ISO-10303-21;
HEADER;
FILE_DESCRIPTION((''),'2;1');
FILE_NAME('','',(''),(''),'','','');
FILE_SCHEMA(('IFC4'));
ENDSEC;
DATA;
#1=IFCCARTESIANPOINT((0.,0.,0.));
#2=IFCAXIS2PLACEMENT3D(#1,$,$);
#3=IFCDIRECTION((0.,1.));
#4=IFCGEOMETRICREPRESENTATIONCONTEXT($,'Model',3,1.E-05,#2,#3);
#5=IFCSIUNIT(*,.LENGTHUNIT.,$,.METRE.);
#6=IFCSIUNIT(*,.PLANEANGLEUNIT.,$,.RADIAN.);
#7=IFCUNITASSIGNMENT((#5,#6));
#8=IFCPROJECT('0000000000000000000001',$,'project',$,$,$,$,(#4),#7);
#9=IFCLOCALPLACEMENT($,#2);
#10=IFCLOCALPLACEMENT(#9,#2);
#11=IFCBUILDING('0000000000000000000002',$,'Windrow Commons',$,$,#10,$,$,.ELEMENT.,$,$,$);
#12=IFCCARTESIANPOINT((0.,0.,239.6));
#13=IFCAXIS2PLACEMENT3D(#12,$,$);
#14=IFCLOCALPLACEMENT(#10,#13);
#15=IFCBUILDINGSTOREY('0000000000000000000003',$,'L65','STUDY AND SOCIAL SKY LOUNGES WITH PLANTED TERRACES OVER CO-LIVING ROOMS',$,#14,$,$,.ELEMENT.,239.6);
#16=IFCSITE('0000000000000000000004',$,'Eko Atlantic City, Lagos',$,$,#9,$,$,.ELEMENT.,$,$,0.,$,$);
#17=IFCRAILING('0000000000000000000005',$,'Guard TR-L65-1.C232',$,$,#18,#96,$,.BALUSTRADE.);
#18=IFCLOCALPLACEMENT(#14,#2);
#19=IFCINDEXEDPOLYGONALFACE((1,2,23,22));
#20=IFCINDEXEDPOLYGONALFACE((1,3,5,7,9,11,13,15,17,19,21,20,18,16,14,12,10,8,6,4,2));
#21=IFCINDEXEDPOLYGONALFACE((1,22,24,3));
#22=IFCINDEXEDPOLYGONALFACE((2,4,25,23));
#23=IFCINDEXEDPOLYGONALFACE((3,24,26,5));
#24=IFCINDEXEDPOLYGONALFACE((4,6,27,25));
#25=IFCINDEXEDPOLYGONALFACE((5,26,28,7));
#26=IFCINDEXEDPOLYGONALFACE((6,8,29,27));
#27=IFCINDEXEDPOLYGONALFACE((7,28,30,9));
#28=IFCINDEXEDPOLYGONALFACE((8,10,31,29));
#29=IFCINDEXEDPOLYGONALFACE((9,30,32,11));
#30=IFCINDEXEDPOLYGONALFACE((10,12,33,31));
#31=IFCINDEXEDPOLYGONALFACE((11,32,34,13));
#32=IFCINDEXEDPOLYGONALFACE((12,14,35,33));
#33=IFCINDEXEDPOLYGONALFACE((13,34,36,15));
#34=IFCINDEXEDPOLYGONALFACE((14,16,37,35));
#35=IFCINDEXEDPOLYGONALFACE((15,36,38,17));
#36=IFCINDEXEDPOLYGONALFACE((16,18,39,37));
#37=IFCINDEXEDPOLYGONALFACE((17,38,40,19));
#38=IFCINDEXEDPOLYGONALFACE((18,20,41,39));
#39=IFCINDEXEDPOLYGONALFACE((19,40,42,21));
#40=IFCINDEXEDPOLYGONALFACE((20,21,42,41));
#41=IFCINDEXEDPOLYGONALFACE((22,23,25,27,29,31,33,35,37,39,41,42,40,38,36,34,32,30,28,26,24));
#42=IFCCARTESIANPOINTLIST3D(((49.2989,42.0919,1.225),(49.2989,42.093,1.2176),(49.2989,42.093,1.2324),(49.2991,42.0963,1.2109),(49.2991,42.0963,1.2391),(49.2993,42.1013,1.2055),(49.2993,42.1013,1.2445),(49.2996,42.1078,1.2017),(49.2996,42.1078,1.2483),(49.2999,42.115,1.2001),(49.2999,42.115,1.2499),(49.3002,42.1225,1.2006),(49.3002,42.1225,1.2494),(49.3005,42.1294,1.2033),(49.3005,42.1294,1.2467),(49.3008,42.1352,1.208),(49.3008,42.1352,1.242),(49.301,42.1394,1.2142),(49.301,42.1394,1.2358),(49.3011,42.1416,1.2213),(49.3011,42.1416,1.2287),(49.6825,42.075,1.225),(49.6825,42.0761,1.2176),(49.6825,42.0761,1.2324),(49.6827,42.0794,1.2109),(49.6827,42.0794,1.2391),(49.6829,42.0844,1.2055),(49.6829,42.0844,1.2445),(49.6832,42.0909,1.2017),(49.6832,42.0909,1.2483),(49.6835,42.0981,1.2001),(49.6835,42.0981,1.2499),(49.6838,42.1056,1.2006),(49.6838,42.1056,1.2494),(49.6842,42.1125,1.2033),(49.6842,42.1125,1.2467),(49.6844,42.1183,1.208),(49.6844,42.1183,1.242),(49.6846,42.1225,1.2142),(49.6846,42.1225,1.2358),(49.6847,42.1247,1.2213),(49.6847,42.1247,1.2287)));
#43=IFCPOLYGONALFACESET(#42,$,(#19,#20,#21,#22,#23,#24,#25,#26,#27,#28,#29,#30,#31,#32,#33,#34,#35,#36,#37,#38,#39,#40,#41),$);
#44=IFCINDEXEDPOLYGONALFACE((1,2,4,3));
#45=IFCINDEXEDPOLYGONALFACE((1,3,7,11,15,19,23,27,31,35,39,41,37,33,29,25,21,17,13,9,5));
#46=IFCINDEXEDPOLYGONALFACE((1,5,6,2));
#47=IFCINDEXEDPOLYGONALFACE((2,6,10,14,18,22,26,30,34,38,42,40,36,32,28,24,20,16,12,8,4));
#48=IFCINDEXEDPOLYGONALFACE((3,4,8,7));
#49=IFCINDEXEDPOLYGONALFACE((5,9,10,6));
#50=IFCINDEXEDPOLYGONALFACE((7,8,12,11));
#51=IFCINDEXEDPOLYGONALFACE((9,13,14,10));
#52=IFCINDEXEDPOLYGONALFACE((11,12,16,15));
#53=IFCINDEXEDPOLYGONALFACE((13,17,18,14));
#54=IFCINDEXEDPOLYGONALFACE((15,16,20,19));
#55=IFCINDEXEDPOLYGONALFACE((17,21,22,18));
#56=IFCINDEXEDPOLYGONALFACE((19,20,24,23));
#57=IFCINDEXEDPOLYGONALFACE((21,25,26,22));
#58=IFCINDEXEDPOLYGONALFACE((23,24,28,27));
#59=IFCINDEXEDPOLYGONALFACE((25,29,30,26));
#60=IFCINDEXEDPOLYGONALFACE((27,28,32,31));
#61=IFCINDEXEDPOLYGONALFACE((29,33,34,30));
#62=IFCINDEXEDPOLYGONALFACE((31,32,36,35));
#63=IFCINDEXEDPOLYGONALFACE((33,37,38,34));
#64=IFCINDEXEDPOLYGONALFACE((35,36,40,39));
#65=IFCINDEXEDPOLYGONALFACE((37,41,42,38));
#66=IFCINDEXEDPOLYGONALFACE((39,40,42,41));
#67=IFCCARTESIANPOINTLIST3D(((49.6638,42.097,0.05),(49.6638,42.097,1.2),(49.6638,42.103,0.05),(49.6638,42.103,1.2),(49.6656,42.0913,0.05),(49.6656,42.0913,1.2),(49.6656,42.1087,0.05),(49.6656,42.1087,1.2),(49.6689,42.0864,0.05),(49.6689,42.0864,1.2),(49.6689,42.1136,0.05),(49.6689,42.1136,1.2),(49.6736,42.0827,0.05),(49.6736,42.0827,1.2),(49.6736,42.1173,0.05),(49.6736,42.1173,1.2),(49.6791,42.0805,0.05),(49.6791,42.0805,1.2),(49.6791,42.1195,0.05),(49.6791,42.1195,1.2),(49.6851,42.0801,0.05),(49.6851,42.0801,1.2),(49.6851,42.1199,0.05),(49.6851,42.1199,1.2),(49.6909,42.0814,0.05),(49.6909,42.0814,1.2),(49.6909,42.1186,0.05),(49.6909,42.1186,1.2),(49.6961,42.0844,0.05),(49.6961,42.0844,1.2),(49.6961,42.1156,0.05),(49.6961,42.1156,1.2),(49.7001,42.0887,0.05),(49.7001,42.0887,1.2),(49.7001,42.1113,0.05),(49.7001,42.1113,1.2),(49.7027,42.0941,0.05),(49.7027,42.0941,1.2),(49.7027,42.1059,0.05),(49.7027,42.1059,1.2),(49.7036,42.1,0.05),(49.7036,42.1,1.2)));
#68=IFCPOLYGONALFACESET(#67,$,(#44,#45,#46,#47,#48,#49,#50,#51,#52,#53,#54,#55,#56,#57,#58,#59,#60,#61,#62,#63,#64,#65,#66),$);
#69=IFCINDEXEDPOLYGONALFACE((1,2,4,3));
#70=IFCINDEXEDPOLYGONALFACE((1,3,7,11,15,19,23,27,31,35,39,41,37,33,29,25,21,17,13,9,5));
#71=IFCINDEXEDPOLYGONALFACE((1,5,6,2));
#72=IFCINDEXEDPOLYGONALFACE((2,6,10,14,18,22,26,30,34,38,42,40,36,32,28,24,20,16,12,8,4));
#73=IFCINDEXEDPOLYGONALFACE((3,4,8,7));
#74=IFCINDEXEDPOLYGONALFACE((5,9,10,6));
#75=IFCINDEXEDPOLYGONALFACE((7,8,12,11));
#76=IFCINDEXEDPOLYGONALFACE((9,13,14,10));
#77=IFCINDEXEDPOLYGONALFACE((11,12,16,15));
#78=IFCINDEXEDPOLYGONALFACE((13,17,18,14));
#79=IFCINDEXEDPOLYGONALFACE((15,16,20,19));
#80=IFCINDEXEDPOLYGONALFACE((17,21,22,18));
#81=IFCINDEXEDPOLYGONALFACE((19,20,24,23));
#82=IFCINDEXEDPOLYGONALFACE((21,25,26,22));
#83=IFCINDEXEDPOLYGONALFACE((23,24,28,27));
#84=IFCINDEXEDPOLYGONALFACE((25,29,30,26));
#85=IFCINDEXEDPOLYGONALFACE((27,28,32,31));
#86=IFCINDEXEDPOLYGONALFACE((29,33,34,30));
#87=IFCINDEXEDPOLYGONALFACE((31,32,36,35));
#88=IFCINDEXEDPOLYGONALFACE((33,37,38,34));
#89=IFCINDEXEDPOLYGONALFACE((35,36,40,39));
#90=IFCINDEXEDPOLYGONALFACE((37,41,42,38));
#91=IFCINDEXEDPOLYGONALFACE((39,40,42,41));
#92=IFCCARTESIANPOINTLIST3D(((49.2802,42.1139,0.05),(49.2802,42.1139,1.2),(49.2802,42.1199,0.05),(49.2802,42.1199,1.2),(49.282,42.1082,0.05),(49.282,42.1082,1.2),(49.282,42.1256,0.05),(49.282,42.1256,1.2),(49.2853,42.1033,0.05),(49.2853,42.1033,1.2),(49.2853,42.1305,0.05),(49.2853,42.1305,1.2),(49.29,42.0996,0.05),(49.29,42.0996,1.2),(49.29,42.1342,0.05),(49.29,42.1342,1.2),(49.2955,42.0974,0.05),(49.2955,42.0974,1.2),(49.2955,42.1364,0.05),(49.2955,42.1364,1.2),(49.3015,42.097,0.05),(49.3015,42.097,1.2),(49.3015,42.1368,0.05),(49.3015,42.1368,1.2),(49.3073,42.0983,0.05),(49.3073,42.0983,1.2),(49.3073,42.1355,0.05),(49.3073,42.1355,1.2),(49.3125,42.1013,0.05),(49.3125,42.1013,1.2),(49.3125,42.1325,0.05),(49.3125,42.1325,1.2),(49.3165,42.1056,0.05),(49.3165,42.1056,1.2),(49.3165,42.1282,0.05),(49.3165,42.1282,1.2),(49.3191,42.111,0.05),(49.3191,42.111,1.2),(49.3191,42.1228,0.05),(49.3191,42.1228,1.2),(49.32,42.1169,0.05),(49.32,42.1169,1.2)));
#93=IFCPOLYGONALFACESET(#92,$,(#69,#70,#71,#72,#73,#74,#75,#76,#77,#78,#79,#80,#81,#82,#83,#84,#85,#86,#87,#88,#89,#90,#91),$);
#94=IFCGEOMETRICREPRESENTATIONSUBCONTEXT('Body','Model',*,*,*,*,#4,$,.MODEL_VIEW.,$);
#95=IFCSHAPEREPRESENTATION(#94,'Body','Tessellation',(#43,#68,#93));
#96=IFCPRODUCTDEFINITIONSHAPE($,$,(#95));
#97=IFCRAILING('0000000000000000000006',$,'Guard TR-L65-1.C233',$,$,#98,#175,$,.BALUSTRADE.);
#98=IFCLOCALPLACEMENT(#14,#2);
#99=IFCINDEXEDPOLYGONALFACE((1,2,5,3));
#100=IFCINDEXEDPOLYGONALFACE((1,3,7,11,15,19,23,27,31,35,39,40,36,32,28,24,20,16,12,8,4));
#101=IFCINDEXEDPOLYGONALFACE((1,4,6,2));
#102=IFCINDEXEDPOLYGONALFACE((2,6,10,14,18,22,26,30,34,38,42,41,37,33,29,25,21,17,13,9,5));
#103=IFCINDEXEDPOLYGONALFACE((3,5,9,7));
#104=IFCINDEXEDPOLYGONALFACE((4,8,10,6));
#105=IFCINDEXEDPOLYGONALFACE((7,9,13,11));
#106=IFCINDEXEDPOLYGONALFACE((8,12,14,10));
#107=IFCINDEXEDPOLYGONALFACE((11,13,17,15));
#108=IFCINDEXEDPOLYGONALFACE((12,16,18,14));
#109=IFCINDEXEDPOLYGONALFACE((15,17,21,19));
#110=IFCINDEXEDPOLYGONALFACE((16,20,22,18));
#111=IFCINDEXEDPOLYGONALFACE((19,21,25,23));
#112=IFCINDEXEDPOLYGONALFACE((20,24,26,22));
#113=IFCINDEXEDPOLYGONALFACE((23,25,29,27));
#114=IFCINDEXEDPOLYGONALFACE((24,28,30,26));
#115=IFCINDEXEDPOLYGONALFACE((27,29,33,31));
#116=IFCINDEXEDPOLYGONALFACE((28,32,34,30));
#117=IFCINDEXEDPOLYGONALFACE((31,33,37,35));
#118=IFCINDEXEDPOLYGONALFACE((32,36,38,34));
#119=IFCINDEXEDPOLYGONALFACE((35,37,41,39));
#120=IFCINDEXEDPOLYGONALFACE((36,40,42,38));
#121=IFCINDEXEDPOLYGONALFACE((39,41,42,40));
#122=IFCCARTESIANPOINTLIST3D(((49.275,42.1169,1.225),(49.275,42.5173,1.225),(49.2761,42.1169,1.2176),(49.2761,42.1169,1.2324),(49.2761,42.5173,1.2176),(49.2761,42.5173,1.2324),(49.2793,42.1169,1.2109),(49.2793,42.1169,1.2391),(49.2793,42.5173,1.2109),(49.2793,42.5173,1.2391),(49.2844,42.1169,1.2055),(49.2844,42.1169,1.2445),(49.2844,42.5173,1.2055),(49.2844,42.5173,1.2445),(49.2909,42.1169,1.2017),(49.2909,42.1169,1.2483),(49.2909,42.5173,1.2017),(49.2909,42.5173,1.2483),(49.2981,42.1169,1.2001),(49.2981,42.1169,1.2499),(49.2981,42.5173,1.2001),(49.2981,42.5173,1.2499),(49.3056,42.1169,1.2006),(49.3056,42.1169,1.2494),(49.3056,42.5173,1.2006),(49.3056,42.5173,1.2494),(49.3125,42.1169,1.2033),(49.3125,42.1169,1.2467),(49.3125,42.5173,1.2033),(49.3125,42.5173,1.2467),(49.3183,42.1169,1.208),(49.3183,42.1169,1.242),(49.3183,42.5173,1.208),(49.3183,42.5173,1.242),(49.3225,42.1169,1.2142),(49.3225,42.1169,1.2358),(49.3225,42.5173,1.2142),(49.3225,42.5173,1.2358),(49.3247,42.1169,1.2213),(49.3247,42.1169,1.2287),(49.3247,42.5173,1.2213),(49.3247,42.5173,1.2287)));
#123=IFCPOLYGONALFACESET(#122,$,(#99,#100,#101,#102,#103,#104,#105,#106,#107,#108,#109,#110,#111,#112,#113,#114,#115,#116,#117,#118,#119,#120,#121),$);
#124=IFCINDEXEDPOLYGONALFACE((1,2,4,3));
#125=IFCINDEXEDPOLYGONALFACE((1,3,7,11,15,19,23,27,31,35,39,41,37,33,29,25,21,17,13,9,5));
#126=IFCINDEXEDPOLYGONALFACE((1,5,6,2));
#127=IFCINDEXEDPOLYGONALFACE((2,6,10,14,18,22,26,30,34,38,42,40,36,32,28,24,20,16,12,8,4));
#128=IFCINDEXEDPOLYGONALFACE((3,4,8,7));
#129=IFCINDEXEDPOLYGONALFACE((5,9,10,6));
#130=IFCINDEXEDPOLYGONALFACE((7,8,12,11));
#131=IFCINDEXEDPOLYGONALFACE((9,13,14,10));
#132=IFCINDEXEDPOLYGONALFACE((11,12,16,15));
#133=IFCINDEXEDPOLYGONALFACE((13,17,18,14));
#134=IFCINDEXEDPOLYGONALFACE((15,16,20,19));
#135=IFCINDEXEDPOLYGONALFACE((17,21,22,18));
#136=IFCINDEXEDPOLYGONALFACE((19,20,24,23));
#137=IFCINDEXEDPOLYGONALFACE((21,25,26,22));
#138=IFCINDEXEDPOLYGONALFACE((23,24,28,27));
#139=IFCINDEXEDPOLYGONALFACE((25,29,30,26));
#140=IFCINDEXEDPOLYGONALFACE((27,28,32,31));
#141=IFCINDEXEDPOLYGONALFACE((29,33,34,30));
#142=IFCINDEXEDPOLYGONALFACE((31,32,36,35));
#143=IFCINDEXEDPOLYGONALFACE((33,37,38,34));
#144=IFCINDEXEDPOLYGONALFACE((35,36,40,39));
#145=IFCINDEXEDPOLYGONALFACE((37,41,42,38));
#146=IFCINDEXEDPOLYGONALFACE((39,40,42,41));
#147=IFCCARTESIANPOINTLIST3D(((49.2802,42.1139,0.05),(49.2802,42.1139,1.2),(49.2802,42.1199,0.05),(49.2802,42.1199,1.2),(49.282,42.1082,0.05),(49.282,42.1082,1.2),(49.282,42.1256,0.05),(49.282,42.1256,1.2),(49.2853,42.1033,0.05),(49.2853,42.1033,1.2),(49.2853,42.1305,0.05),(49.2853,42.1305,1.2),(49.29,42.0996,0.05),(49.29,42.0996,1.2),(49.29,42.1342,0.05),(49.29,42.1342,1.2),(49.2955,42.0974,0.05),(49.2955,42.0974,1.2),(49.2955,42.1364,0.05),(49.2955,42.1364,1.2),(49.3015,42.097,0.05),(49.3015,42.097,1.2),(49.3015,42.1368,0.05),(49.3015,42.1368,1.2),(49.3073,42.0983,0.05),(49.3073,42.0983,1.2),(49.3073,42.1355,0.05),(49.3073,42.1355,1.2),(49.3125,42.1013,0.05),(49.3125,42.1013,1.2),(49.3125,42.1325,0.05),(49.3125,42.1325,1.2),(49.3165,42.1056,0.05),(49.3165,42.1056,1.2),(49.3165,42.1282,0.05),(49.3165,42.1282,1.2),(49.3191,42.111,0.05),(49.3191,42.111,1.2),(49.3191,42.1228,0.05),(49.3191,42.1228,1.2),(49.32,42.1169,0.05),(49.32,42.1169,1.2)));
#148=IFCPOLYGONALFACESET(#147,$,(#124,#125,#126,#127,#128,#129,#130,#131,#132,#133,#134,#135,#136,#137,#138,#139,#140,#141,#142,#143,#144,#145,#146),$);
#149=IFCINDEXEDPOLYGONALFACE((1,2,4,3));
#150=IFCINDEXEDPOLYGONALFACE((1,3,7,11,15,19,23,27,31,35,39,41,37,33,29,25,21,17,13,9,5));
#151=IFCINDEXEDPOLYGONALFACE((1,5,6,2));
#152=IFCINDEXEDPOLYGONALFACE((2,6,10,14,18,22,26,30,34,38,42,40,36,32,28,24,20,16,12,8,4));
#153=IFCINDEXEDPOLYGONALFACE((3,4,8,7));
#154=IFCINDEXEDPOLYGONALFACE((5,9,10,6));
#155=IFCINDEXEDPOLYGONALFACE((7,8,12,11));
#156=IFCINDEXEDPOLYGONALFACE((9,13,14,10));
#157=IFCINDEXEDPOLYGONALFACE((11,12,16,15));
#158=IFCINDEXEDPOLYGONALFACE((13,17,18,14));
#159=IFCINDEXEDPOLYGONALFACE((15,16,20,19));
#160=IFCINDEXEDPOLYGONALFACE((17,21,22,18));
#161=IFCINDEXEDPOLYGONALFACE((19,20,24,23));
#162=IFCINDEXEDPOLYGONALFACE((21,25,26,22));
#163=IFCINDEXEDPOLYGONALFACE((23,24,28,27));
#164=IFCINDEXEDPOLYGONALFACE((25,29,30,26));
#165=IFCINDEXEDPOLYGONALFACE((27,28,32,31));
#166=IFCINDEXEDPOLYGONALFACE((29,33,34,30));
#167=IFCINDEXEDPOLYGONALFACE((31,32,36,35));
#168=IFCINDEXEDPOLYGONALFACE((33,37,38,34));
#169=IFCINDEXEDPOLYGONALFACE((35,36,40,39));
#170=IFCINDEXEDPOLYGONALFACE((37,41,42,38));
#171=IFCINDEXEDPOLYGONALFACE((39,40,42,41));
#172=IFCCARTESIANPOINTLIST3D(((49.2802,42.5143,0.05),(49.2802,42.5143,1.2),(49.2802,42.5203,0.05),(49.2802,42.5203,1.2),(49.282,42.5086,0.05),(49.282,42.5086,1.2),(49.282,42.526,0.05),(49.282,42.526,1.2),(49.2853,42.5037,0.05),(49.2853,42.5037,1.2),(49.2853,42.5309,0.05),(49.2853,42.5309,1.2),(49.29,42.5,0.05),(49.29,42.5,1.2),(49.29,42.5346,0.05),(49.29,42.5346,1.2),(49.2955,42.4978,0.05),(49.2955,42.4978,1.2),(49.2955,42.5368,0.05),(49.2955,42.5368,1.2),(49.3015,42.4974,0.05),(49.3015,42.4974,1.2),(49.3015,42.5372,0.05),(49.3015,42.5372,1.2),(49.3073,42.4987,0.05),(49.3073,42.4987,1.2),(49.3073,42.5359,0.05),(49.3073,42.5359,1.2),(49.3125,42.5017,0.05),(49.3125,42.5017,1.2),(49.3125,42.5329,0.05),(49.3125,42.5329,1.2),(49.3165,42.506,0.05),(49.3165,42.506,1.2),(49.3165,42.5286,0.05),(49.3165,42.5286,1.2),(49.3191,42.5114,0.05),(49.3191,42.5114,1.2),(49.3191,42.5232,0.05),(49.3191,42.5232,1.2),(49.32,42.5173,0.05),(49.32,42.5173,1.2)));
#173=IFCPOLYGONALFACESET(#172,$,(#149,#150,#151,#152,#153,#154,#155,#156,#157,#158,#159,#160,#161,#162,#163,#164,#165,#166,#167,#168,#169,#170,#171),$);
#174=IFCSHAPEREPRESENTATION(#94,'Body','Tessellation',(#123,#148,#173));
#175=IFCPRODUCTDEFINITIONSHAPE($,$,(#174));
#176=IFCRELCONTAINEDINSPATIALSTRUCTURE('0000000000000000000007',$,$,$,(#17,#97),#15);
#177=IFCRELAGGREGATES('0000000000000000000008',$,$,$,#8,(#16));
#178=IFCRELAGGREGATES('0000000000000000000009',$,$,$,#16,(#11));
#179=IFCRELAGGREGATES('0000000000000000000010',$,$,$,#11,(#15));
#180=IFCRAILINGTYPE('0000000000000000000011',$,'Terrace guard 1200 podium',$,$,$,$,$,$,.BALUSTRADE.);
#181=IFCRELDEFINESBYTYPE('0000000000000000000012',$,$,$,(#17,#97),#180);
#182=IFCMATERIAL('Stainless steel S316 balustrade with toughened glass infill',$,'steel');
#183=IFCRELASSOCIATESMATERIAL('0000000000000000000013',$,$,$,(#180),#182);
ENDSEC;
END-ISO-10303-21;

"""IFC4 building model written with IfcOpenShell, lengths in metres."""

from ifc_helpers import new_model, si_unit, direction, frame, origin, origin_2d, place, context, subcontext, project, spatial, circle, extrude, material, type_object, element, save


model = new_model("IFC4")

# Units and contexts
model_context = context("Model", 3, precision=1e-05, world=origin(), true_north=direction((0.0, 1.0)))
body_context = subcontext(model_context, "Body", "Model", "MODEL_VIEW")
ifc_project = project(units=[si_unit("LENGTHUNIT", "METRE"), si_unit("PLANEANGLEUNIT", "RADIAN")], contexts=[model_context])

# Site, building, storey
site_placement = place(None, origin())
site = spatial("IfcSite", under=ifc_project, at=site_placement, Name="Eko Atlantic City, Lagos", CompositionType="ELEMENT", RefElevation=0.0)
building_placement = place(site_placement, origin())
building = spatial("IfcBuilding", under=site, at=building_placement, Name="Windrow Commons", CompositionType="ELEMENT")
storey_placement = place(building_placement, frame((0.0, 0.0, 239.6)))
storey = spatial("IfcBuildingStorey", under=building, at=storey_placement, Name="L65", Description="STUDY AND SOCIAL SKY LOUNGES WITH PLANTED TERRACES OVER CO-LIVING ROOMS", CompositionType="ELEMENT", Elevation=239.6)

# Railings
ifc_material_1 = material(Name="Stainless steel S316 balustrade with toughened glass infill", Category="steel")
railing_type = type_object("IfcRailingType", Name="Terrace guard 1200 podium", PredefinedType="BALUSTRADE", material=ifc_material_1)
railing_1_placement = place(storey_placement, frame((49.6836, 42.1, 0.05)))
element("IfcRailing", 1, at=railing_1_placement, inside=storey, type_object=railing_type, Name="Guard TR-L65-1.C232", PredefinedType="BALUSTRADE", context=body_context, shape_type="SweptSolid", body=[
    extrude(circle(Radius=0.025, at=origin_2d()), frame((0.0, 0.0, 1.175), z_axis=(-0.999031, 0.044014, 0.0), x_axis=(-0.044014, -0.999031, 0.0)), (0.0, 0.0, 1.0), 0.384),
    extrude(circle(Radius=0.02, at=origin_2d()), origin(), (0.0, 0.0, 1.0), 1.15),
    extrude(circle(Radius=0.02, at=origin_2d()), frame((-0.3836, 0.0169, 0.0)), (0.0, 0.0, 1.0), 1.15),
])
railing_2_placement = place(storey_placement, frame((49.3, 42.1169, 0.05)))
element("IfcRailing", 2, at=railing_2_placement, inside=storey, type_object=railing_type, Name="Guard TR-L65-1.C233", PredefinedType="BALUSTRADE", context=body_context, shape_type="SweptSolid", body=[
    extrude(circle(Radius=0.025, at=origin_2d()), frame((0.0, 0.0, 1.175), z_axis=(0.0, 1.0, 0.0), x_axis=(-1.0, 0.0, 0.0)), (0.0, 0.0, 1.0), 0.4004),
    extrude(circle(Radius=0.02, at=origin_2d()), origin(), (0.0, 0.0, 1.0), 1.15),
    extrude(circle(Radius=0.02, at=origin_2d()), frame((0.0, 0.4004, 0.0)), (0.0, 0.0, 1.0), 1.15),
])

save(model, "model.ifc")
